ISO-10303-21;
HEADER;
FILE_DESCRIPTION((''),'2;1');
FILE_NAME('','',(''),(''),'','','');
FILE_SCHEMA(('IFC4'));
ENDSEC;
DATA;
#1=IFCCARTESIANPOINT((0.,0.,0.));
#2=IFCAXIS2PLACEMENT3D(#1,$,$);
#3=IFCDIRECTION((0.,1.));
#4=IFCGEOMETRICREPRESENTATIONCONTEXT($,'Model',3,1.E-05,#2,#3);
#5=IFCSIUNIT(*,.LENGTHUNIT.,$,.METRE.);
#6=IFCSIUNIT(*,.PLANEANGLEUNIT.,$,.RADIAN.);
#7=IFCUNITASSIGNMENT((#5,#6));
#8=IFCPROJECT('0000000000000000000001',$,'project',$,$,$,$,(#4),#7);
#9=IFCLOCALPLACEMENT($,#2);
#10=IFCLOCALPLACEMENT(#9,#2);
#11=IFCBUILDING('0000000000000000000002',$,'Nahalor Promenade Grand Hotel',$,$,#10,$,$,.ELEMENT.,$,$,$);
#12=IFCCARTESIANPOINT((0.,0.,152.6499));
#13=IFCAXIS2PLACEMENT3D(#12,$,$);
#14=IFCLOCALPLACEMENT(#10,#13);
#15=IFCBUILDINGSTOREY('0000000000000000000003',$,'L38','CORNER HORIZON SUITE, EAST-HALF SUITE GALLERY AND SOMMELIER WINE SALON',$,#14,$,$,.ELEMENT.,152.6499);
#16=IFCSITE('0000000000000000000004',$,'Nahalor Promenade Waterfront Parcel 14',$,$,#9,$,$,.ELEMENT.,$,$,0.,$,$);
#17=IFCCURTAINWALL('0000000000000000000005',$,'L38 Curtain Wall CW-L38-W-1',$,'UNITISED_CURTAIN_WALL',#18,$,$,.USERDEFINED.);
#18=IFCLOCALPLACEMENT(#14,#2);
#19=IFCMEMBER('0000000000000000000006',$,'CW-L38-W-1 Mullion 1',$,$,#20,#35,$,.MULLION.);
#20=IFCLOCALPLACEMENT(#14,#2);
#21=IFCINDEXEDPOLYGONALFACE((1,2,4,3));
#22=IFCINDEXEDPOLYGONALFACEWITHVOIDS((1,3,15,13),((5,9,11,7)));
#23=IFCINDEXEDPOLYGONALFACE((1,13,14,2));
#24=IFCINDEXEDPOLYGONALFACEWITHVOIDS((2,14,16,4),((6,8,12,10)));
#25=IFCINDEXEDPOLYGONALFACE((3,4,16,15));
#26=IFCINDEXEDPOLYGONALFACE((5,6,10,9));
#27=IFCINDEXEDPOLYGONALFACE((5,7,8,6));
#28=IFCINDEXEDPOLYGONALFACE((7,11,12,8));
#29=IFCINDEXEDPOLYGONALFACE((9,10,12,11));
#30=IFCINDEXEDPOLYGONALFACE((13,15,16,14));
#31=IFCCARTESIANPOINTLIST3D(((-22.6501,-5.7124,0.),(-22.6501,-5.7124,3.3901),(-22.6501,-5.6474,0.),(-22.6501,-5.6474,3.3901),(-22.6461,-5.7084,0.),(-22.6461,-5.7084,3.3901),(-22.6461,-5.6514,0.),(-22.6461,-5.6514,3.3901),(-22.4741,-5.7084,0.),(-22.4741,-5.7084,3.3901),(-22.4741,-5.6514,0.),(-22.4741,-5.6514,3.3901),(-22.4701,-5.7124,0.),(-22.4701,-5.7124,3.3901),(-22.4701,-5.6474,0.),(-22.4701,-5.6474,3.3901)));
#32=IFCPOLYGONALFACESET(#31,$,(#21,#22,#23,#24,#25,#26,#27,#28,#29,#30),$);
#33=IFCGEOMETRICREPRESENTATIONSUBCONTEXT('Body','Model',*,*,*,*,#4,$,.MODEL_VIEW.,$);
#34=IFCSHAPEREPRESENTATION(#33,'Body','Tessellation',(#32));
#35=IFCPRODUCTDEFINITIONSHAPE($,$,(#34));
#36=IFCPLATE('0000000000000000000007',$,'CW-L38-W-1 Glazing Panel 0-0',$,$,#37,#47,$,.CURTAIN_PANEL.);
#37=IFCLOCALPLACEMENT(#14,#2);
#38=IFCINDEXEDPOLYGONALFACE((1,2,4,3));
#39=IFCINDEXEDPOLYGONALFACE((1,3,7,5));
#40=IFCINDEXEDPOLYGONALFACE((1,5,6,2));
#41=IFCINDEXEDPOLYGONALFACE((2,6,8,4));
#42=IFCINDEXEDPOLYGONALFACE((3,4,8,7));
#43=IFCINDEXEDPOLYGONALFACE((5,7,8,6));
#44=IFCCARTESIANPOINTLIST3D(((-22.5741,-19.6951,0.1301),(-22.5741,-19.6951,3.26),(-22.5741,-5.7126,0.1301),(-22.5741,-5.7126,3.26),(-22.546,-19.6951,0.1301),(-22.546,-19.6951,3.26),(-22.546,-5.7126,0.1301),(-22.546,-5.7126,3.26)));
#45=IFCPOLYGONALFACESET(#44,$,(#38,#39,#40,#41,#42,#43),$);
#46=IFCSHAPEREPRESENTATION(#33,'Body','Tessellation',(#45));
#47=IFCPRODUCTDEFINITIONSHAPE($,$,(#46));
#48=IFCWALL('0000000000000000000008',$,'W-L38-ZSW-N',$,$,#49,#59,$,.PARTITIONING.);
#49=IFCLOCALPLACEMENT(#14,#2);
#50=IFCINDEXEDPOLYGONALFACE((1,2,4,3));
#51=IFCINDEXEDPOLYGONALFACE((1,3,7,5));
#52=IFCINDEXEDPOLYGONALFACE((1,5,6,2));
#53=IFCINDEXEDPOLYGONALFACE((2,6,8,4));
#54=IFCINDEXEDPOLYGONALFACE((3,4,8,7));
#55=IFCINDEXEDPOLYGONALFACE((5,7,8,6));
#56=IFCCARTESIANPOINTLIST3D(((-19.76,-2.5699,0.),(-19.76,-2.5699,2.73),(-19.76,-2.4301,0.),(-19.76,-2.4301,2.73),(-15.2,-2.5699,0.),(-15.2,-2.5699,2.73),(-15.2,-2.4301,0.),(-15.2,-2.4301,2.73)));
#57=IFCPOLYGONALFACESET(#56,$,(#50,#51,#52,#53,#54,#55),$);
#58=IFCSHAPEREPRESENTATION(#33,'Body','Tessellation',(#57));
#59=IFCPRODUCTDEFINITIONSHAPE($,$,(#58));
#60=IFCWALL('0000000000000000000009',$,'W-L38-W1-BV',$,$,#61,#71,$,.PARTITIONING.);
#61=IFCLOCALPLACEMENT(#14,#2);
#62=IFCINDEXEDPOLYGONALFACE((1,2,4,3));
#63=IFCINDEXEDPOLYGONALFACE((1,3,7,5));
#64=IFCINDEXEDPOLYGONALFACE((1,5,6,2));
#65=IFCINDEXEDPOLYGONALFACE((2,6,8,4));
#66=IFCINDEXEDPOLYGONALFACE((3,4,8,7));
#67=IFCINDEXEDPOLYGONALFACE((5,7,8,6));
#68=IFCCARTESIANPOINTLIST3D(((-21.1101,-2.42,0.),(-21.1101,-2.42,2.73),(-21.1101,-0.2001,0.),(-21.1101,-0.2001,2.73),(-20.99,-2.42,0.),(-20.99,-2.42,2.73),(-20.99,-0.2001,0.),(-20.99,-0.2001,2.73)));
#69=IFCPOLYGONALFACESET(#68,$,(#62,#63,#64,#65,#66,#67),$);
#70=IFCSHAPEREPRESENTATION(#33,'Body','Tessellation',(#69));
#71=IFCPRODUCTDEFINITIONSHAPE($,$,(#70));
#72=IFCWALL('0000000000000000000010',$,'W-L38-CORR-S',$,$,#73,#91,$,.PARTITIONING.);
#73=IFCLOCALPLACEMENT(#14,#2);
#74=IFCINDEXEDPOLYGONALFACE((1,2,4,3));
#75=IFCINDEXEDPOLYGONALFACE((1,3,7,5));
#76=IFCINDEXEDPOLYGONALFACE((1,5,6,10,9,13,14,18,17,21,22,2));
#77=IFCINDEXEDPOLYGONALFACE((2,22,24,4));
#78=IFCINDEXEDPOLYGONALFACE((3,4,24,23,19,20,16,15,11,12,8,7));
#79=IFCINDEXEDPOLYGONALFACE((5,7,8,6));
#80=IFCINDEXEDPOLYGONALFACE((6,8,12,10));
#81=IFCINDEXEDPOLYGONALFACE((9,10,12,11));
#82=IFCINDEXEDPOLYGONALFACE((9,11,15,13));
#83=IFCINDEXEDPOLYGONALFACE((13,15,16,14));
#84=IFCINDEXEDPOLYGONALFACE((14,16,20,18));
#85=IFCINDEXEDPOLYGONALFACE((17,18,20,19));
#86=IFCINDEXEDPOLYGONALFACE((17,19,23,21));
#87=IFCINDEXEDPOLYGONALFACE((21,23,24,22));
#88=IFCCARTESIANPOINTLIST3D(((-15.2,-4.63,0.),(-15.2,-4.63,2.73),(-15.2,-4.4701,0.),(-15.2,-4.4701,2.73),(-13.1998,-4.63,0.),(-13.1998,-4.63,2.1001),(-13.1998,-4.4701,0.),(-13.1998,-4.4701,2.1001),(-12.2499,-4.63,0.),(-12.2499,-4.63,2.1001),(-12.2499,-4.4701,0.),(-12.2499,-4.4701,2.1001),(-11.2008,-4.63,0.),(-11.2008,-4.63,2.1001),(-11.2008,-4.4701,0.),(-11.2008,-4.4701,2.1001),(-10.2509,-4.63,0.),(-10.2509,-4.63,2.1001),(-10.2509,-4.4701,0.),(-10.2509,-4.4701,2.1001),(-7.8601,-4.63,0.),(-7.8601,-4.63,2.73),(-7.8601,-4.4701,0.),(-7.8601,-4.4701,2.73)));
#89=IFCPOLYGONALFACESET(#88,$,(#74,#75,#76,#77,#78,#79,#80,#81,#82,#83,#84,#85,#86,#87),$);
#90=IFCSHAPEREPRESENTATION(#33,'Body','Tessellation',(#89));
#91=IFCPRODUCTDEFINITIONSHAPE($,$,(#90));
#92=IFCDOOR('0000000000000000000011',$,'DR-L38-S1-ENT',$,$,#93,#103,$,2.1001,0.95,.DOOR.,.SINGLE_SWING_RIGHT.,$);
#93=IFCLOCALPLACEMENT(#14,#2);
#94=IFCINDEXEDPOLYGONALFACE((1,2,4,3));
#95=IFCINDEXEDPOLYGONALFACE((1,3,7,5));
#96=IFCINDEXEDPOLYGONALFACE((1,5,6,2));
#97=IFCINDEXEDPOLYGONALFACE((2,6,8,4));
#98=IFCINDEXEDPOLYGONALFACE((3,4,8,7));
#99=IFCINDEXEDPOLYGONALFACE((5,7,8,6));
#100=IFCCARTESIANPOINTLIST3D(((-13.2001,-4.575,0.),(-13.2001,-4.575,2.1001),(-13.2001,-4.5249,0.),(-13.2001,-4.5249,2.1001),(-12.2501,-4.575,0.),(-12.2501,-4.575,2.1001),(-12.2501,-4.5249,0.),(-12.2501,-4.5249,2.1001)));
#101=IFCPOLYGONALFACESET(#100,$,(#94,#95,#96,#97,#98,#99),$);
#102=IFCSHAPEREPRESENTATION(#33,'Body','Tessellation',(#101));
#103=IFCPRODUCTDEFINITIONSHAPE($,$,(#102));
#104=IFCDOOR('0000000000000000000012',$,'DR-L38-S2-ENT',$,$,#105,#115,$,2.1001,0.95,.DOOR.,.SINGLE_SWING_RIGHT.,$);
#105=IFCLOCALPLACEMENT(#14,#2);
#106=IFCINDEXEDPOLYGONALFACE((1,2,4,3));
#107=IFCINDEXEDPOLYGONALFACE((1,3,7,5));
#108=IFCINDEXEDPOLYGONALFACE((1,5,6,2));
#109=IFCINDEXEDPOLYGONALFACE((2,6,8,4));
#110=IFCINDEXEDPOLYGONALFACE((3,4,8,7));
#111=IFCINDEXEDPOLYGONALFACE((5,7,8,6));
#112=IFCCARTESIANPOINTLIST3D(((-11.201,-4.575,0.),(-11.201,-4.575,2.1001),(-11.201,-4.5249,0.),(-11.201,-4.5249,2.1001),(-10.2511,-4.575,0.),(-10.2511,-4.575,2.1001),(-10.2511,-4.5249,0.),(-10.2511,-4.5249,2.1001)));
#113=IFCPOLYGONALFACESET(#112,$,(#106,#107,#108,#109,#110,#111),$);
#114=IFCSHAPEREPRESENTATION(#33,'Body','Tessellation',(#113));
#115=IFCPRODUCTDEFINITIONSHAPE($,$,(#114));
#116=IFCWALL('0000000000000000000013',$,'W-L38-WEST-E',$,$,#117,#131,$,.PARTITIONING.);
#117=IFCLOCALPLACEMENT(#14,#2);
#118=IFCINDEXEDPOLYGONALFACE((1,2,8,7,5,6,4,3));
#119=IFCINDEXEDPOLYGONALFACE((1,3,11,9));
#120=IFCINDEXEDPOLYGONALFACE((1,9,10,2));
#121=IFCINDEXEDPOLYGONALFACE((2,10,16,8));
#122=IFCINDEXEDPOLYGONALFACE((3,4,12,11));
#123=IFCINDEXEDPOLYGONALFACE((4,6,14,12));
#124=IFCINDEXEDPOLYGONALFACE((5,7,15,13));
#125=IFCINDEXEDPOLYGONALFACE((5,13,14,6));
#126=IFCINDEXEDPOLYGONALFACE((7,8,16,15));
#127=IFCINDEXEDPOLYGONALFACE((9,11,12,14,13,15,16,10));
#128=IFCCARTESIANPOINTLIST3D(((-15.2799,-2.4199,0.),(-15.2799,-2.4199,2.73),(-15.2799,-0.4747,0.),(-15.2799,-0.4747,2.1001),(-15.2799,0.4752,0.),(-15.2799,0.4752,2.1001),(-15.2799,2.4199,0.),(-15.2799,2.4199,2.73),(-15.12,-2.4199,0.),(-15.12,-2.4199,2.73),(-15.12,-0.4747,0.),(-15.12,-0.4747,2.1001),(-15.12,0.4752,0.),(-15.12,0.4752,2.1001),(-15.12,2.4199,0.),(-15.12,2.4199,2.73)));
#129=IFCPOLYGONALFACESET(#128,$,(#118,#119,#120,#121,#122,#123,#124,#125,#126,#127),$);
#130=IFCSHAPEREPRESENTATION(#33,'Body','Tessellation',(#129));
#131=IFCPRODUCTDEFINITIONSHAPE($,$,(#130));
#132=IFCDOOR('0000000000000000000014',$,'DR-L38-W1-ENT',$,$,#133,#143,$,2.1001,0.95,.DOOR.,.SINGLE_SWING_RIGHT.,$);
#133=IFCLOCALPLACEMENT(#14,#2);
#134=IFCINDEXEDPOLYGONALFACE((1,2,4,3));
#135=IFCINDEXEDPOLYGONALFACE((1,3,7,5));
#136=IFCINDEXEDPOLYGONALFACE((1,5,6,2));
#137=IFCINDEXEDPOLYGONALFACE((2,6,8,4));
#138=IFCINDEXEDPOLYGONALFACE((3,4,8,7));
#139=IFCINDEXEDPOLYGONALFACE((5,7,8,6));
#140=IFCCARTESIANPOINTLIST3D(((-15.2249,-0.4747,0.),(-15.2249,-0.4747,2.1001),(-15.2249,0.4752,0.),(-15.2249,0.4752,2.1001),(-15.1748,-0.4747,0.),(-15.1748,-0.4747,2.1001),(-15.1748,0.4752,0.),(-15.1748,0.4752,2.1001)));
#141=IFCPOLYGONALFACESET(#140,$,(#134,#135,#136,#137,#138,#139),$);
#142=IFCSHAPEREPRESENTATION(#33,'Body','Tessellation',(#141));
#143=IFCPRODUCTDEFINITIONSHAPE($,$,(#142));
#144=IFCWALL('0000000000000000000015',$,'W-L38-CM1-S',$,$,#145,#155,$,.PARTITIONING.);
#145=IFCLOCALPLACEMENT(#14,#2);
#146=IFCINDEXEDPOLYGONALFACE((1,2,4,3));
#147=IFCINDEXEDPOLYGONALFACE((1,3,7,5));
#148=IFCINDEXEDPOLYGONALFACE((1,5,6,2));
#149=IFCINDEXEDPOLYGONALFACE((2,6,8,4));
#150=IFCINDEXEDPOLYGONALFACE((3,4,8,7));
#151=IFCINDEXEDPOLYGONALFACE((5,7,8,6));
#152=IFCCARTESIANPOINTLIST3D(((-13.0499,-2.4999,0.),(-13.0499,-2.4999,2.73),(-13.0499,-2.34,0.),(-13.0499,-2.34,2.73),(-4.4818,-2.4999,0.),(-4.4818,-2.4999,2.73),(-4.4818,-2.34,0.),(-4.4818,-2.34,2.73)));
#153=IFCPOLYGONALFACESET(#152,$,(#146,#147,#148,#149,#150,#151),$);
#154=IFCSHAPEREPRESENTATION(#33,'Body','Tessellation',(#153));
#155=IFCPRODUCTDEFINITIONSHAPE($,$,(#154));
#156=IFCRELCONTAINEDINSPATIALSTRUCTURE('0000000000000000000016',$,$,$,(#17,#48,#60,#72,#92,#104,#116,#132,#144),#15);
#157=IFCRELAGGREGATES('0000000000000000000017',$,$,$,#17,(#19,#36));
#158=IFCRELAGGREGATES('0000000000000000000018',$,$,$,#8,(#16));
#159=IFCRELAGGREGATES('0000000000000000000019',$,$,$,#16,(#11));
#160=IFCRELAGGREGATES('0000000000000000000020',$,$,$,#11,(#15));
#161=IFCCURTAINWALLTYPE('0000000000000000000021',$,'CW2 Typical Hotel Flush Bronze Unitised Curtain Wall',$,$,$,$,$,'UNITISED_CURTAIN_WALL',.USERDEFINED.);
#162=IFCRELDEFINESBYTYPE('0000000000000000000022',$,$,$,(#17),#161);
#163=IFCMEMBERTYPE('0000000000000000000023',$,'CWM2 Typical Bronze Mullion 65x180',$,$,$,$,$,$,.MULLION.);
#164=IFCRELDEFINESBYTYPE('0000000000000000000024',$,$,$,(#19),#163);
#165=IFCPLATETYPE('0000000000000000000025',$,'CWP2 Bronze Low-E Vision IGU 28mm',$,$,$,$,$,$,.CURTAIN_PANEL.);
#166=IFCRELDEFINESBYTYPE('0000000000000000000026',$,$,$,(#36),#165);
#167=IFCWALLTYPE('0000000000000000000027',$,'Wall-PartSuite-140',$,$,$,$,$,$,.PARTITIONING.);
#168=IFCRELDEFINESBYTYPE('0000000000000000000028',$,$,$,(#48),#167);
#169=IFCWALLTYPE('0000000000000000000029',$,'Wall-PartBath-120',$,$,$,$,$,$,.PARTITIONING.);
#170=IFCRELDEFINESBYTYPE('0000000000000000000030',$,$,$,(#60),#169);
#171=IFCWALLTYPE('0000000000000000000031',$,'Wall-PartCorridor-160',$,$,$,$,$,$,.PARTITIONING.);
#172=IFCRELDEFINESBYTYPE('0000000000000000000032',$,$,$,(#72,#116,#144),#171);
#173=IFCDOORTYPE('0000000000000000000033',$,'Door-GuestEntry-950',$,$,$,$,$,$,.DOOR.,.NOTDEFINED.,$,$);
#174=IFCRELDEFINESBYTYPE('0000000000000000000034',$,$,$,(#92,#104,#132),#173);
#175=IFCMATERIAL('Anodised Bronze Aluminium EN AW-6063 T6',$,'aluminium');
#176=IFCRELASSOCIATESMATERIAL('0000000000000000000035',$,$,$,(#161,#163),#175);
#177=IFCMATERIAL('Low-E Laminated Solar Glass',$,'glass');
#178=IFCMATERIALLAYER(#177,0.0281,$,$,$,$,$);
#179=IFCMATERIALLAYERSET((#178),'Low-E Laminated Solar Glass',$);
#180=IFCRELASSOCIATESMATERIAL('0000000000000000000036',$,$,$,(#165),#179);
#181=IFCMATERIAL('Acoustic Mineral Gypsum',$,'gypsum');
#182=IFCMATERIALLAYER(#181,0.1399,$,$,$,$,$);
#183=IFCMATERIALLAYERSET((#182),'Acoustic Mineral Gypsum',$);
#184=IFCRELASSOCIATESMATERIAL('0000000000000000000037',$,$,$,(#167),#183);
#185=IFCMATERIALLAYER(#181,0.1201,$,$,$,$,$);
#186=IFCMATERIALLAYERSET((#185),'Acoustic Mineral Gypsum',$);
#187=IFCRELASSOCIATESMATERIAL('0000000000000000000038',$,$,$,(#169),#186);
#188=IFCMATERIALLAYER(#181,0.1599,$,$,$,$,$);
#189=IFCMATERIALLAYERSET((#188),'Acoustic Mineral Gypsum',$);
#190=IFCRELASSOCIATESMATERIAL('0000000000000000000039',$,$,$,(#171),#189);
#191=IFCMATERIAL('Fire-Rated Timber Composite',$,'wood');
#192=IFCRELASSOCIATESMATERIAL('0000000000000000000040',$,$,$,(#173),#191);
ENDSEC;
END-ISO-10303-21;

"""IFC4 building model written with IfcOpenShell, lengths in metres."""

from ifc_helpers import new_model, si_unit, direction, frame, frame_2d, origin, origin_2d, place, context, subcontext, project, spatial, rectangle, hollow_rectangle, extrude, source, transform, mapped, material, layer, layer_set, material_profile, profile_set, type_object, element, fill, aggregate, save


model = new_model("IFC4")

# Units and contexts
model_context = context("Model", 3, precision=1e-05, world=origin(), true_north=direction((0.0, 1.0)))
body_context = subcontext(model_context, "Body", "Model", "MODEL_VIEW")
ifc_project = project(units=[si_unit("LENGTHUNIT", "METRE"), si_unit("PLANEANGLEUNIT", "RADIAN")], contexts=[model_context])

# Site, building, storey
site_placement = place(None, origin())
site = spatial("IfcSite", under=ifc_project, at=site_placement, Name="Nahalor Promenade Waterfront Parcel 14", CompositionType="ELEMENT", RefElevation=0.0)
building_placement = place(site_placement, origin())
building = spatial("IfcBuilding", under=site, at=building_placement, Name="Nahalor Promenade Grand Hotel", CompositionType="ELEMENT")
storey_placement = place(building_placement, frame((0.0, 0.0, 152.6499)))
storey = spatial("IfcBuildingStorey", under=building, at=storey_placement, Name="L38", Description="CORNER HORIZON SUITE, EAST-HALF SUITE GALLERY AND SOMMELIER WINE SALON", CompositionType="ELEMENT", Elevation=152.6499)

# Curtain wall, member, plate
ifc_material_1 = material(Name="Anodised Bronze Aluminium EN AW-6063 T6", Category="aluminium")
curtain_wall_type = type_object("IfcCurtainWallType", Name="CW2 Typical Hotel Flush Bronze Unitised Curtain Wall", ElementType="UNITISED_CURTAIN_WALL", PredefinedType="USERDEFINED", material=ifc_material_1)
curtain_wall_placement = place(storey_placement, origin())
curtain_wall = element("IfcCurtainWall", 1, at=curtain_wall_placement, inside=storey, type_object=curtain_wall_type, Name="L38 Curtain Wall CW-L38-W-1", ObjectType="UNITISED_CURTAIN_WALL", PredefinedType="USERDEFINED")
ifc_material_profile_1 = material_profile(ifc_material_1, hollow_rectangle(XDim=0.065, YDim=0.18, WallThickness=0.004, at=origin_2d()), Name="CWM 65x180x4")
ifc_profile_set_1 = profile_set([ifc_material_profile_1], Name="Anodised Bronze Aluminium EN AW-6063 T6")
member_type_1 = type_object("IfcMemberType", Name="CWM2 Typical Bronze Mullion 65x180", PredefinedType="MULLION", material=ifc_profile_set_1)
shared_shape_1 = source(origin(), body_context, "Body", "SweptSolid", [
    extrude(hollow_rectangle(XDim=0.065, YDim=0.18, WallThickness=0.004, at=origin_2d()), origin(), (0.0, 0.0, 1.0), 3.3901),
])
member_1_placement = place(storey_placement, frame((-22.5601, -5.6799, 0.0), z_axis=(0.0, 0.0, 1.0), x_axis=(0.0, 1.0, 0.0)))
member_1 = element("IfcMember", 2, at=member_1_placement, type_object=member_type_1, Name="CW-L38-W-1 Mullion 1", PredefinedType="MULLION", context=body_context, shape_type="MappedRepresentation", body=[
    mapped(shared_shape_1, transform((0.0, 0.0, 0.0), scale=1.0)),
])
ifc_material_2 = material(Name="Low-E Laminated Solar Glass", Category="glass")
ifc_layer_1 = layer(ifc_material_2, 0.0281)
ifc_layer_set_1 = layer_set([ifc_layer_1], Name="Low-E Laminated Solar Glass")
plate_type = type_object("IfcPlateType", Name="CWP2 Bronze Low-E Vision IGU 28mm", PredefinedType="CURTAIN_PANEL", material=ifc_layer_set_1)
shared_shape_2 = source(origin(), body_context, "Body", "SweptSolid", [
    extrude(rectangle(XDim=13.9824, YDim=0.0281, at=origin_2d()), origin(), (0.0, 0.0, 1.0), 3.1299),
])
plate_placement = place(storey_placement, frame((-22.5601, -12.7039, 0.1301), z_axis=(0.0, 0.0, 1.0), x_axis=(0.0, 1.0, 0.0)))
plate = element("IfcPlate", 3, at=plate_placement, type_object=plate_type, Name="CW-L38-W-1 Glazing Panel 0-0", PredefinedType="CURTAIN_PANEL", context=body_context, shape_type="MappedRepresentation", body=[
    mapped(shared_shape_2, transform((0.0, 0.0, 0.0), scale=1.0)),
])
aggregate(curtain_wall, [member_1, plate])

# Walls
ifc_material_3 = material(Name="Acoustic Mineral Gypsum", Category="gypsum")
ifc_layer_2 = layer(ifc_material_3, 0.1399)
ifc_layer_set_2 = layer_set([ifc_layer_2], Name="Acoustic Mineral Gypsum")
wall_type_1 = type_object("IfcWallType", Name="Wall-PartSuite-140", PredefinedType="PARTITIONING", material=ifc_layer_set_2)
shared_shape_3 = source(origin(), body_context, "Body", "SweptSolid", [
    extrude(rectangle(XDim=4.5601, YDim=0.1399, at=frame_2d((2.28, 0.0))), origin(), (0.0, 0.0, 1.0), 2.73),
])
wall_1_placement = place(storey_placement, frame((-19.76, -2.5, 0.0), z_axis=(0.0, 0.0, 1.0), x_axis=(1.0, 0.0, 0.0)))
element("IfcWall", 4, at=wall_1_placement, inside=storey, type_object=wall_type_1, Name="W-L38-ZSW-N", PredefinedType="PARTITIONING", context=body_context, shape_type="MappedRepresentation", body=[
    mapped(shared_shape_3, transform((0.0, 0.0, 0.0), scale=1.0)),
])
ifc_layer_3 = layer(ifc_material_3, 0.1201)
ifc_layer_set_3 = layer_set([ifc_layer_3], Name="Acoustic Mineral Gypsum")
wall_type_2 = type_object("IfcWallType", Name="Wall-PartBath-120", PredefinedType="PARTITIONING", material=ifc_layer_set_3)
shared_shape_4 = source(origin(), body_context, "Body", "SweptSolid", [
    extrude(rectangle(XDim=2.22, YDim=0.1201, at=frame_2d((1.1099, 0.0))), origin(), (0.0, 0.0, 1.0), 2.73),
])
wall_2_placement = place(storey_placement, frame((-21.05, -2.4199, 0.0), z_axis=(0.0, 0.0, 1.0), x_axis=(0.0, 1.0, 0.0)))
element("IfcWall", 5, at=wall_2_placement, inside=storey, type_object=wall_type_2, Name="W-L38-W1-BV", PredefinedType="PARTITIONING", context=body_context, shape_type="MappedRepresentation", body=[
    mapped(shared_shape_4, transform((0.0, 0.0, 0.0), scale=1.0)),
])

# Wall, openings, doors
ifc_layer_4 = layer(ifc_material_3, 0.1599)
ifc_layer_set_4 = layer_set([ifc_layer_4], Name="Acoustic Mineral Gypsum")
wall_type_3 = type_object("IfcWallType", Name="Wall-PartCorridor-160", PredefinedType="PARTITIONING", material=ifc_layer_set_4)
shared_shape_5 = source(origin(), body_context, "Body", "SweptSolid", [
    extrude(rectangle(XDim=7.3398, YDim=0.1599, at=frame_2d((3.6699, 0.0))), origin(), (0.0, 0.0, 1.0), 2.73),
])
wall_3_placement = place(storey_placement, frame((-15.2, -4.55, 0.0), z_axis=(0.0, 0.0, 1.0), x_axis=(1.0, 0.0, 0.0)))
wall_3 = element("IfcWall", 6, at=wall_3_placement, inside=storey, type_object=wall_type_3, Name="W-L38-CORR-S", PredefinedType="PARTITIONING", context=body_context, shape_type="MappedRepresentation", body=[
    mapped(shared_shape_5, transform((0.0, 0.0, 0.0), scale=1.0)),
])
opening_1_placement = place(wall_3_placement, frame((2.0, 0.0, 0.0)))
opening_1 = element("IfcOpeningElement", 7, at=opening_1_placement, cuts=wall_3, PredefinedType="OPENING", context=body_context, shape_type="SweptSolid", body=[
    extrude(rectangle(XDim=0.95, YDim=2.1001, at=frame_2d((0.4751, 1.05))), frame((0.0, 0.0898, 0.0), z_axis=(0.0, -1.0, 0.0), x_axis=(1.0, 0.0, 0.0)), (0.0, 0.0, 1.0), 0.1799),
])
opening_2_placement = place(wall_3_placement, frame((3.999, 0.0, 0.0)))
opening_2 = element("IfcOpeningElement", 8, at=opening_2_placement, cuts=wall_3, PredefinedType="OPENING", context=body_context, shape_type="SweptSolid", body=[
    extrude(rectangle(XDim=0.95, YDim=2.1001, at=frame_2d((0.4751, 1.05))), frame((0.0, 0.0898, 0.0), z_axis=(0.0, -1.0, 0.0), x_axis=(1.0, 0.0, 0.0)), (0.0, 0.0, 1.0), 0.1799),
])
ifc_material_4 = material(Name="Fire-Rated Timber Composite", Category="wood")
door_type = type_object("IfcDoorType", Name="Door-GuestEntry-950", OperationType="NOTDEFINED", PredefinedType="DOOR", material=ifc_material_4)
shared_shape_6 = source(origin(), body_context, "Body", "SweptSolid", [
    extrude(rectangle(XDim=0.95, YDim=2.1001, at=frame_2d((0.4751, 1.05))), frame((0.0, 0.0249, 0.0), z_axis=(0.0, -1.0, 0.0), x_axis=(1.0, 0.0, 0.0)), (0.0, 0.0, 1.0), 0.05),
])
door_1_placement = place(opening_1_placement, frame((0.95, 0.0, 0.0), z_axis=(0.0, 0.0, 1.0), x_axis=(-1.0, 0.0, 0.0)))
door_1 = element("IfcDoor", 9, at=door_1_placement, inside=storey, type_object=door_type, Name="DR-L38-S1-ENT", OperationType="SINGLE_SWING_RIGHT", OverallHeight=2.1001, OverallWidth=0.95, PredefinedType="DOOR", context=body_context, shape_type="MappedRepresentation", body=[
    mapped(shared_shape_6, transform((0.0, 0.0, 0.0), scale=1.0)),
])
fill(opening_1, door_1)
door_2_placement = place(opening_2_placement, frame((0.95, 0.0, 0.0), z_axis=(0.0, 0.0, 1.0), x_axis=(-1.0, 0.0, 0.0)))
door_2 = element("IfcDoor", 10, at=door_2_placement, inside=storey, type_object=door_type, Name="DR-L38-S2-ENT", OperationType="SINGLE_SWING_RIGHT", OverallHeight=2.1001, OverallWidth=0.95, PredefinedType="DOOR", context=body_context, shape_type="MappedRepresentation", body=[
    mapped(shared_shape_6, transform((0.0, 0.0, 0.0), scale=1.0)),
])
fill(opening_2, door_2)

# Wall, opening, door
shared_shape_7 = source(origin(), body_context, "Body", "SweptSolid", [
    extrude(rectangle(XDim=4.8398, YDim=0.1599, at=frame_2d((2.4199, 0.0))), origin(), (0.0, 0.0, 1.0), 2.73),
])
wall_4_placement = place(storey_placement, frame((-15.2, -2.4199, 0.0), z_axis=(0.0, 0.0, 1.0), x_axis=(0.0, 1.0, 0.0)))
wall_4 = element("IfcWall", 11, at=wall_4_placement, inside=storey, type_object=wall_type_3, Name="W-L38-WEST-E", PredefinedType="PARTITIONING", context=body_context, shape_type="MappedRepresentation", body=[
    mapped(shared_shape_7, transform((0.0, 0.0, 0.0), scale=1.0)),
])
opening_3_placement = place(wall_4_placement, frame((1.9451, 0.0, 0.0)))
opening_3 = element("IfcOpeningElement", 12, at=opening_3_placement, cuts=wall_4, PredefinedType="OPENING", context=body_context, shape_type="SweptSolid", body=[
    extrude(rectangle(XDim=0.95, YDim=2.1001, at=frame_2d((0.4751, 1.05))), frame((0.0, 0.0898, 0.0), z_axis=(0.0, -1.0, 0.0), x_axis=(1.0, 0.0, 0.0)), (0.0, 0.0, 1.0), 0.1799),
])
door_3_placement = place(opening_3_placement, origin())
door_3 = element("IfcDoor", 13, at=door_3_placement, inside=storey, type_object=door_type, Name="DR-L38-W1-ENT", OperationType="SINGLE_SWING_RIGHT", OverallHeight=2.1001, OverallWidth=0.95, PredefinedType="DOOR", context=body_context, shape_type="MappedRepresentation", body=[
    mapped(shared_shape_6, transform((0.0, 0.0, 0.0), scale=1.0)),
])
fill(opening_3, door_3)

# Wall
shared_shape_8 = source(origin(), body_context, "Body", "SweptSolid", [
    extrude(rectangle(XDim=8.5681, YDim=0.1599, at=frame_2d((4.2842, 0.0))), origin(), (0.0, 0.0, 1.0), 2.73),
])
wall_5_placement = place(storey_placement, frame((-13.05, -2.4199, 0.0), z_axis=(0.0, 0.0, 1.0), x_axis=(1.0, 0.0, 0.0)))
element("IfcWall", 14, at=wall_5_placement, inside=storey, type_object=wall_type_3, Name="W-L38-CM1-S", PredefinedType="PARTITIONING", context=body_context, shape_type="MappedRepresentation", body=[
    mapped(shared_shape_8, transform((0.0, 0.0, 0.0), scale=1.0)),
])

save(model, "model.ifc")
